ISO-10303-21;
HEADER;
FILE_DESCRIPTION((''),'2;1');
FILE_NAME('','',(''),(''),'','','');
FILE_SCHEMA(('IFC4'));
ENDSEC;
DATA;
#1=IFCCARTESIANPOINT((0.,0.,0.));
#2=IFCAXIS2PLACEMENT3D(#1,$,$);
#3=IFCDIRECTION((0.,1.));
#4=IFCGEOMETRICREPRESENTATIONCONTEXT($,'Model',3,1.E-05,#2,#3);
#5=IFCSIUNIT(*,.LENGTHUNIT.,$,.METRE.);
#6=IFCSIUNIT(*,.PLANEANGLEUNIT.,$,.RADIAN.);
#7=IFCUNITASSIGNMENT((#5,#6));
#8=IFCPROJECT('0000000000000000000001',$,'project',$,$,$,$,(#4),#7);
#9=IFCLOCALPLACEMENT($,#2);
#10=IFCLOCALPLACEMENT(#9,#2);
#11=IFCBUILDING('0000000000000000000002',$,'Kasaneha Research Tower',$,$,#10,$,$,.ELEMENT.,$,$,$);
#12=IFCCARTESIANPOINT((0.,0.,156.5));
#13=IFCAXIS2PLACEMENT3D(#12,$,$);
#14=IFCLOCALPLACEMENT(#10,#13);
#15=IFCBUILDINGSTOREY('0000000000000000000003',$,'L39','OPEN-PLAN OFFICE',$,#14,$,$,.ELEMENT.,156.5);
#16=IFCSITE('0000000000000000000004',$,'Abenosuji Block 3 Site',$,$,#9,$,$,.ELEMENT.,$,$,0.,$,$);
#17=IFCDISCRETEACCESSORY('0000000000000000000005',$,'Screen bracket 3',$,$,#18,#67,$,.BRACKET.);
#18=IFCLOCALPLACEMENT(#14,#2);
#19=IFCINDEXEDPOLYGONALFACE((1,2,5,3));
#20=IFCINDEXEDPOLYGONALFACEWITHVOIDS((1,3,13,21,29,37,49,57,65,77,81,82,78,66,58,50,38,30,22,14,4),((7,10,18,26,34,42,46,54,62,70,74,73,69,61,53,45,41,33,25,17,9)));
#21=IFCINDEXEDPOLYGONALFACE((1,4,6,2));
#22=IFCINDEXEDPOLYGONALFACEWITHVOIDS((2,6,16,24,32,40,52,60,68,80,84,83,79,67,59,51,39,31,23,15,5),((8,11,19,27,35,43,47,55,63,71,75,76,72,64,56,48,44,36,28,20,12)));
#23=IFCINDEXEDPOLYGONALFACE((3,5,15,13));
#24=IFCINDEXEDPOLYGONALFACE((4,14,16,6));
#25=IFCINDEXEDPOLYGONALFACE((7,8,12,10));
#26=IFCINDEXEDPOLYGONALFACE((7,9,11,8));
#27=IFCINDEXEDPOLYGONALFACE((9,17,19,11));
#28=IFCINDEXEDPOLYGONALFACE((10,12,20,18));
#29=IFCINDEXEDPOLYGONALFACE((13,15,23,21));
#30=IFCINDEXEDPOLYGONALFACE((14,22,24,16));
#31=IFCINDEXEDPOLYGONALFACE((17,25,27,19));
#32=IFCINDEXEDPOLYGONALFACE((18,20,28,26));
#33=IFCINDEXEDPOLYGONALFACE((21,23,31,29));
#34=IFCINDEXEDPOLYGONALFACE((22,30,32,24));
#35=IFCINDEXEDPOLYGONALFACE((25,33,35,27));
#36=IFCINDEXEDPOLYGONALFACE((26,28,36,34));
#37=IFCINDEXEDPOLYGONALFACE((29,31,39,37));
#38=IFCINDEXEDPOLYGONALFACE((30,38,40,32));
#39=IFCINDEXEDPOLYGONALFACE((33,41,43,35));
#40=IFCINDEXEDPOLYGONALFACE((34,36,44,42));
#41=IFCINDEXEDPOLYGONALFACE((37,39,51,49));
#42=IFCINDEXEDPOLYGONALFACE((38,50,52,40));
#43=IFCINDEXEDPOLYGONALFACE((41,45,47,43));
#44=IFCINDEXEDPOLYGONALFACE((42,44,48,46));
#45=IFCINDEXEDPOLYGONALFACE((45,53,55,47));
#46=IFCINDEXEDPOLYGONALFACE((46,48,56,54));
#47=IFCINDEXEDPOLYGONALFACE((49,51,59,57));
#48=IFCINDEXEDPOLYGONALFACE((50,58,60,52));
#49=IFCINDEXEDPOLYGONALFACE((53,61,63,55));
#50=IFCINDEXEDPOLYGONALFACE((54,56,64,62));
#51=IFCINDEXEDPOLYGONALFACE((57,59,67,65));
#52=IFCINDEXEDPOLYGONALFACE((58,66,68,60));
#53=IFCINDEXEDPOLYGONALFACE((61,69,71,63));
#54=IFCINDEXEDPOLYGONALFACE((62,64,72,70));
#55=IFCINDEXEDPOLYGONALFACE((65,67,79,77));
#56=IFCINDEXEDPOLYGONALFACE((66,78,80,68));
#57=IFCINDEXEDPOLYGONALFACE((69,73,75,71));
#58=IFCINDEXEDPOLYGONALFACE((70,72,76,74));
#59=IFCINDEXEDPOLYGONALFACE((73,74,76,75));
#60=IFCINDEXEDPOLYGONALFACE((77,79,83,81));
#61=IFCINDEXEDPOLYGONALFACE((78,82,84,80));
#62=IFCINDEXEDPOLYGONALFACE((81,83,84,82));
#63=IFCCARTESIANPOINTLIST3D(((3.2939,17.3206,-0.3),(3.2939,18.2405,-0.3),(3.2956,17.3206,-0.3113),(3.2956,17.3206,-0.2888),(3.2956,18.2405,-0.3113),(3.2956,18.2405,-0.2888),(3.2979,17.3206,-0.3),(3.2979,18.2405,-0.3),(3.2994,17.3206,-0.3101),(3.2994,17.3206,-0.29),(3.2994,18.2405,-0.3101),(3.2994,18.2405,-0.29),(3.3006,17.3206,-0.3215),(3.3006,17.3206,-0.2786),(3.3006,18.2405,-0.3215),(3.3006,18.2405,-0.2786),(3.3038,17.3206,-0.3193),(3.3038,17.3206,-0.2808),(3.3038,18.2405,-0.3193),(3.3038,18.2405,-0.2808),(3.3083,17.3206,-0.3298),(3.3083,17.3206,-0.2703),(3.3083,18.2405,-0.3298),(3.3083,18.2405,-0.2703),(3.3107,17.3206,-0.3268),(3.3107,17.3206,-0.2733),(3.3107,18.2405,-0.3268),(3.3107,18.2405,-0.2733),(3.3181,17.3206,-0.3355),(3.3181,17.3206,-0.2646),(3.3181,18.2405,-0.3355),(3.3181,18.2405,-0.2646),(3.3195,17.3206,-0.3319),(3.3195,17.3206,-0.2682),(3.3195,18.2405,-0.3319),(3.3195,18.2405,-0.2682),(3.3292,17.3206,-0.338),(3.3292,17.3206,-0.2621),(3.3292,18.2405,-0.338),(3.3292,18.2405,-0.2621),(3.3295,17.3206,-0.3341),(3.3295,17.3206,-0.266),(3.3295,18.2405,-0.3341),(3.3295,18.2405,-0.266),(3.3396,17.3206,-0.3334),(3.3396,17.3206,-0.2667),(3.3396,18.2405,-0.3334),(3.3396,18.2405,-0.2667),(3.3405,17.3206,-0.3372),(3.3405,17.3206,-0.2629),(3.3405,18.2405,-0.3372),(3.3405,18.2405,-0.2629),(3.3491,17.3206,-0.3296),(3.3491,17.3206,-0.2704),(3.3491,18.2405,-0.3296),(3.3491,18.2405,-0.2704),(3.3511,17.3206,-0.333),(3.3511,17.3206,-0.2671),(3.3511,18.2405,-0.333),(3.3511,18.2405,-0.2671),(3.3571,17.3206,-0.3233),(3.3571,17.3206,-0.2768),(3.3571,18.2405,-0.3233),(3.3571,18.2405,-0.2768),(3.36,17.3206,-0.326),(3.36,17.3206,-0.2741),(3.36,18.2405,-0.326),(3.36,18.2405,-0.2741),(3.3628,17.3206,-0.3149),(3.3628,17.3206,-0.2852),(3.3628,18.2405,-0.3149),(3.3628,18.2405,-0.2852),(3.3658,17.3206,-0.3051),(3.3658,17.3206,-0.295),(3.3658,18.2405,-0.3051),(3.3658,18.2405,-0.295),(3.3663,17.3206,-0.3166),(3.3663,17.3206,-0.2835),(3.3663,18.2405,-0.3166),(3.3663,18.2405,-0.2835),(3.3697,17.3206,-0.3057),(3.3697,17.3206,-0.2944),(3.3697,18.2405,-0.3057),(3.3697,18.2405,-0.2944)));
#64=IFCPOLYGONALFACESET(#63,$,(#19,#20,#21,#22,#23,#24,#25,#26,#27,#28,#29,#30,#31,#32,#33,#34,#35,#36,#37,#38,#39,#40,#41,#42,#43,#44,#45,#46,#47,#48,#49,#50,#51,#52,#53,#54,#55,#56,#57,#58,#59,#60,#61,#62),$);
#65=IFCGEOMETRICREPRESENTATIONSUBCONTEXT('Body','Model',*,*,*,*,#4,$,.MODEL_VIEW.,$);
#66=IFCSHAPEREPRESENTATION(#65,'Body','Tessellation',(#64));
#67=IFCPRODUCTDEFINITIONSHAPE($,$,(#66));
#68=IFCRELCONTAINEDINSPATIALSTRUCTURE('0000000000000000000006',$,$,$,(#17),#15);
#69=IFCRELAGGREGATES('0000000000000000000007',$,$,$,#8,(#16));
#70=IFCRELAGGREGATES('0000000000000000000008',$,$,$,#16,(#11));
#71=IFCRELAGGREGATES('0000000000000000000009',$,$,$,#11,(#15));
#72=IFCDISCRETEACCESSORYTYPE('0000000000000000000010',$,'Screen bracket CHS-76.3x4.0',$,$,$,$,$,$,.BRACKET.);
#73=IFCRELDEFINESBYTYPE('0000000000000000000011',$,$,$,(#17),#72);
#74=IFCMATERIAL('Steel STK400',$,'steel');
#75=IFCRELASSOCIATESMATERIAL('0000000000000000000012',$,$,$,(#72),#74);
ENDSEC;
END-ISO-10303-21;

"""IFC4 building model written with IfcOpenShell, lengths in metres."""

from ifc_helpers import new_model, si_unit, direction, frame, origin, origin_2d, place, context, subcontext, project, spatial, hollow_circle, extrude, material, material_profile, profile_set, type_object, element, save


model = new_model("IFC4")

# Units and contexts
model_context = context("Model", 3, precision=1e-05, world=origin(), true_north=direction((0.0, 1.0)))
body_context = subcontext(model_context, "Body", "Model", "MODEL_VIEW")
ifc_project = project(units=[si_unit("LENGTHUNIT", "METRE"), si_unit("PLANEANGLEUNIT", "RADIAN")], contexts=[model_context])

# Site, building, storey
site_placement = place(None, origin())
site = spatial("IfcSite", under=ifc_project, at=site_placement, Name="Abenosuji Block 3 Site", CompositionType="ELEMENT", RefElevation=0.0)
building_placement = place(site_placement, origin())
building = spatial("IfcBuilding", under=site, at=building_placement, Name="Kasaneha Research Tower", CompositionType="ELEMENT")
storey_placement = place(building_placement, frame((0.0, 0.0, 156.5)))
storey = spatial("IfcBuildingStorey", under=building, at=storey_placement, Name="L39", Description="OPEN-PLAN OFFICE", CompositionType="ELEMENT", Elevation=156.5)

# Discrete accessory
ifc_material_1 = material(Name="Steel STK400", Category="steel")
ifc_material_profile_1 = material_profile(ifc_material_1, hollow_circle(Radius=0.0381, WallThickness=0.0039, at=origin_2d()), Name="CHS-76.3x4.0")
ifc_profile_set_1 = profile_set([ifc_material_profile_1], Name="Steel STK400")
discrete_accessory_type = type_object("IfcDiscreteAccessoryType", Name="Screen bracket CHS-76.3x4.0", PredefinedType="BRACKET", material=ifc_profile_set_1)
for number, where, z_axis, x_axis, name in (
    (1, (3.332, 17.3206, -0.3), (0.0, 1.0, 0.0), (-1.0, 0.0, 0.0), "Screen bracket 3"),
):
    element("IfcDiscreteAccessory", number, at=place(storey_placement, frame(where, z_axis=z_axis, x_axis=x_axis)), inside=storey, type_object=discrete_accessory_type, Name=name, PredefinedType="BRACKET", context=body_context, shape_type="SweptSolid", body=[
        extrude(hollow_circle(Radius=0.0381, WallThickness=0.0039, at=origin_2d()), origin(), (0.0, 0.0, 1.0), 0.9199),
    ])

save(model, "model.ifc")
